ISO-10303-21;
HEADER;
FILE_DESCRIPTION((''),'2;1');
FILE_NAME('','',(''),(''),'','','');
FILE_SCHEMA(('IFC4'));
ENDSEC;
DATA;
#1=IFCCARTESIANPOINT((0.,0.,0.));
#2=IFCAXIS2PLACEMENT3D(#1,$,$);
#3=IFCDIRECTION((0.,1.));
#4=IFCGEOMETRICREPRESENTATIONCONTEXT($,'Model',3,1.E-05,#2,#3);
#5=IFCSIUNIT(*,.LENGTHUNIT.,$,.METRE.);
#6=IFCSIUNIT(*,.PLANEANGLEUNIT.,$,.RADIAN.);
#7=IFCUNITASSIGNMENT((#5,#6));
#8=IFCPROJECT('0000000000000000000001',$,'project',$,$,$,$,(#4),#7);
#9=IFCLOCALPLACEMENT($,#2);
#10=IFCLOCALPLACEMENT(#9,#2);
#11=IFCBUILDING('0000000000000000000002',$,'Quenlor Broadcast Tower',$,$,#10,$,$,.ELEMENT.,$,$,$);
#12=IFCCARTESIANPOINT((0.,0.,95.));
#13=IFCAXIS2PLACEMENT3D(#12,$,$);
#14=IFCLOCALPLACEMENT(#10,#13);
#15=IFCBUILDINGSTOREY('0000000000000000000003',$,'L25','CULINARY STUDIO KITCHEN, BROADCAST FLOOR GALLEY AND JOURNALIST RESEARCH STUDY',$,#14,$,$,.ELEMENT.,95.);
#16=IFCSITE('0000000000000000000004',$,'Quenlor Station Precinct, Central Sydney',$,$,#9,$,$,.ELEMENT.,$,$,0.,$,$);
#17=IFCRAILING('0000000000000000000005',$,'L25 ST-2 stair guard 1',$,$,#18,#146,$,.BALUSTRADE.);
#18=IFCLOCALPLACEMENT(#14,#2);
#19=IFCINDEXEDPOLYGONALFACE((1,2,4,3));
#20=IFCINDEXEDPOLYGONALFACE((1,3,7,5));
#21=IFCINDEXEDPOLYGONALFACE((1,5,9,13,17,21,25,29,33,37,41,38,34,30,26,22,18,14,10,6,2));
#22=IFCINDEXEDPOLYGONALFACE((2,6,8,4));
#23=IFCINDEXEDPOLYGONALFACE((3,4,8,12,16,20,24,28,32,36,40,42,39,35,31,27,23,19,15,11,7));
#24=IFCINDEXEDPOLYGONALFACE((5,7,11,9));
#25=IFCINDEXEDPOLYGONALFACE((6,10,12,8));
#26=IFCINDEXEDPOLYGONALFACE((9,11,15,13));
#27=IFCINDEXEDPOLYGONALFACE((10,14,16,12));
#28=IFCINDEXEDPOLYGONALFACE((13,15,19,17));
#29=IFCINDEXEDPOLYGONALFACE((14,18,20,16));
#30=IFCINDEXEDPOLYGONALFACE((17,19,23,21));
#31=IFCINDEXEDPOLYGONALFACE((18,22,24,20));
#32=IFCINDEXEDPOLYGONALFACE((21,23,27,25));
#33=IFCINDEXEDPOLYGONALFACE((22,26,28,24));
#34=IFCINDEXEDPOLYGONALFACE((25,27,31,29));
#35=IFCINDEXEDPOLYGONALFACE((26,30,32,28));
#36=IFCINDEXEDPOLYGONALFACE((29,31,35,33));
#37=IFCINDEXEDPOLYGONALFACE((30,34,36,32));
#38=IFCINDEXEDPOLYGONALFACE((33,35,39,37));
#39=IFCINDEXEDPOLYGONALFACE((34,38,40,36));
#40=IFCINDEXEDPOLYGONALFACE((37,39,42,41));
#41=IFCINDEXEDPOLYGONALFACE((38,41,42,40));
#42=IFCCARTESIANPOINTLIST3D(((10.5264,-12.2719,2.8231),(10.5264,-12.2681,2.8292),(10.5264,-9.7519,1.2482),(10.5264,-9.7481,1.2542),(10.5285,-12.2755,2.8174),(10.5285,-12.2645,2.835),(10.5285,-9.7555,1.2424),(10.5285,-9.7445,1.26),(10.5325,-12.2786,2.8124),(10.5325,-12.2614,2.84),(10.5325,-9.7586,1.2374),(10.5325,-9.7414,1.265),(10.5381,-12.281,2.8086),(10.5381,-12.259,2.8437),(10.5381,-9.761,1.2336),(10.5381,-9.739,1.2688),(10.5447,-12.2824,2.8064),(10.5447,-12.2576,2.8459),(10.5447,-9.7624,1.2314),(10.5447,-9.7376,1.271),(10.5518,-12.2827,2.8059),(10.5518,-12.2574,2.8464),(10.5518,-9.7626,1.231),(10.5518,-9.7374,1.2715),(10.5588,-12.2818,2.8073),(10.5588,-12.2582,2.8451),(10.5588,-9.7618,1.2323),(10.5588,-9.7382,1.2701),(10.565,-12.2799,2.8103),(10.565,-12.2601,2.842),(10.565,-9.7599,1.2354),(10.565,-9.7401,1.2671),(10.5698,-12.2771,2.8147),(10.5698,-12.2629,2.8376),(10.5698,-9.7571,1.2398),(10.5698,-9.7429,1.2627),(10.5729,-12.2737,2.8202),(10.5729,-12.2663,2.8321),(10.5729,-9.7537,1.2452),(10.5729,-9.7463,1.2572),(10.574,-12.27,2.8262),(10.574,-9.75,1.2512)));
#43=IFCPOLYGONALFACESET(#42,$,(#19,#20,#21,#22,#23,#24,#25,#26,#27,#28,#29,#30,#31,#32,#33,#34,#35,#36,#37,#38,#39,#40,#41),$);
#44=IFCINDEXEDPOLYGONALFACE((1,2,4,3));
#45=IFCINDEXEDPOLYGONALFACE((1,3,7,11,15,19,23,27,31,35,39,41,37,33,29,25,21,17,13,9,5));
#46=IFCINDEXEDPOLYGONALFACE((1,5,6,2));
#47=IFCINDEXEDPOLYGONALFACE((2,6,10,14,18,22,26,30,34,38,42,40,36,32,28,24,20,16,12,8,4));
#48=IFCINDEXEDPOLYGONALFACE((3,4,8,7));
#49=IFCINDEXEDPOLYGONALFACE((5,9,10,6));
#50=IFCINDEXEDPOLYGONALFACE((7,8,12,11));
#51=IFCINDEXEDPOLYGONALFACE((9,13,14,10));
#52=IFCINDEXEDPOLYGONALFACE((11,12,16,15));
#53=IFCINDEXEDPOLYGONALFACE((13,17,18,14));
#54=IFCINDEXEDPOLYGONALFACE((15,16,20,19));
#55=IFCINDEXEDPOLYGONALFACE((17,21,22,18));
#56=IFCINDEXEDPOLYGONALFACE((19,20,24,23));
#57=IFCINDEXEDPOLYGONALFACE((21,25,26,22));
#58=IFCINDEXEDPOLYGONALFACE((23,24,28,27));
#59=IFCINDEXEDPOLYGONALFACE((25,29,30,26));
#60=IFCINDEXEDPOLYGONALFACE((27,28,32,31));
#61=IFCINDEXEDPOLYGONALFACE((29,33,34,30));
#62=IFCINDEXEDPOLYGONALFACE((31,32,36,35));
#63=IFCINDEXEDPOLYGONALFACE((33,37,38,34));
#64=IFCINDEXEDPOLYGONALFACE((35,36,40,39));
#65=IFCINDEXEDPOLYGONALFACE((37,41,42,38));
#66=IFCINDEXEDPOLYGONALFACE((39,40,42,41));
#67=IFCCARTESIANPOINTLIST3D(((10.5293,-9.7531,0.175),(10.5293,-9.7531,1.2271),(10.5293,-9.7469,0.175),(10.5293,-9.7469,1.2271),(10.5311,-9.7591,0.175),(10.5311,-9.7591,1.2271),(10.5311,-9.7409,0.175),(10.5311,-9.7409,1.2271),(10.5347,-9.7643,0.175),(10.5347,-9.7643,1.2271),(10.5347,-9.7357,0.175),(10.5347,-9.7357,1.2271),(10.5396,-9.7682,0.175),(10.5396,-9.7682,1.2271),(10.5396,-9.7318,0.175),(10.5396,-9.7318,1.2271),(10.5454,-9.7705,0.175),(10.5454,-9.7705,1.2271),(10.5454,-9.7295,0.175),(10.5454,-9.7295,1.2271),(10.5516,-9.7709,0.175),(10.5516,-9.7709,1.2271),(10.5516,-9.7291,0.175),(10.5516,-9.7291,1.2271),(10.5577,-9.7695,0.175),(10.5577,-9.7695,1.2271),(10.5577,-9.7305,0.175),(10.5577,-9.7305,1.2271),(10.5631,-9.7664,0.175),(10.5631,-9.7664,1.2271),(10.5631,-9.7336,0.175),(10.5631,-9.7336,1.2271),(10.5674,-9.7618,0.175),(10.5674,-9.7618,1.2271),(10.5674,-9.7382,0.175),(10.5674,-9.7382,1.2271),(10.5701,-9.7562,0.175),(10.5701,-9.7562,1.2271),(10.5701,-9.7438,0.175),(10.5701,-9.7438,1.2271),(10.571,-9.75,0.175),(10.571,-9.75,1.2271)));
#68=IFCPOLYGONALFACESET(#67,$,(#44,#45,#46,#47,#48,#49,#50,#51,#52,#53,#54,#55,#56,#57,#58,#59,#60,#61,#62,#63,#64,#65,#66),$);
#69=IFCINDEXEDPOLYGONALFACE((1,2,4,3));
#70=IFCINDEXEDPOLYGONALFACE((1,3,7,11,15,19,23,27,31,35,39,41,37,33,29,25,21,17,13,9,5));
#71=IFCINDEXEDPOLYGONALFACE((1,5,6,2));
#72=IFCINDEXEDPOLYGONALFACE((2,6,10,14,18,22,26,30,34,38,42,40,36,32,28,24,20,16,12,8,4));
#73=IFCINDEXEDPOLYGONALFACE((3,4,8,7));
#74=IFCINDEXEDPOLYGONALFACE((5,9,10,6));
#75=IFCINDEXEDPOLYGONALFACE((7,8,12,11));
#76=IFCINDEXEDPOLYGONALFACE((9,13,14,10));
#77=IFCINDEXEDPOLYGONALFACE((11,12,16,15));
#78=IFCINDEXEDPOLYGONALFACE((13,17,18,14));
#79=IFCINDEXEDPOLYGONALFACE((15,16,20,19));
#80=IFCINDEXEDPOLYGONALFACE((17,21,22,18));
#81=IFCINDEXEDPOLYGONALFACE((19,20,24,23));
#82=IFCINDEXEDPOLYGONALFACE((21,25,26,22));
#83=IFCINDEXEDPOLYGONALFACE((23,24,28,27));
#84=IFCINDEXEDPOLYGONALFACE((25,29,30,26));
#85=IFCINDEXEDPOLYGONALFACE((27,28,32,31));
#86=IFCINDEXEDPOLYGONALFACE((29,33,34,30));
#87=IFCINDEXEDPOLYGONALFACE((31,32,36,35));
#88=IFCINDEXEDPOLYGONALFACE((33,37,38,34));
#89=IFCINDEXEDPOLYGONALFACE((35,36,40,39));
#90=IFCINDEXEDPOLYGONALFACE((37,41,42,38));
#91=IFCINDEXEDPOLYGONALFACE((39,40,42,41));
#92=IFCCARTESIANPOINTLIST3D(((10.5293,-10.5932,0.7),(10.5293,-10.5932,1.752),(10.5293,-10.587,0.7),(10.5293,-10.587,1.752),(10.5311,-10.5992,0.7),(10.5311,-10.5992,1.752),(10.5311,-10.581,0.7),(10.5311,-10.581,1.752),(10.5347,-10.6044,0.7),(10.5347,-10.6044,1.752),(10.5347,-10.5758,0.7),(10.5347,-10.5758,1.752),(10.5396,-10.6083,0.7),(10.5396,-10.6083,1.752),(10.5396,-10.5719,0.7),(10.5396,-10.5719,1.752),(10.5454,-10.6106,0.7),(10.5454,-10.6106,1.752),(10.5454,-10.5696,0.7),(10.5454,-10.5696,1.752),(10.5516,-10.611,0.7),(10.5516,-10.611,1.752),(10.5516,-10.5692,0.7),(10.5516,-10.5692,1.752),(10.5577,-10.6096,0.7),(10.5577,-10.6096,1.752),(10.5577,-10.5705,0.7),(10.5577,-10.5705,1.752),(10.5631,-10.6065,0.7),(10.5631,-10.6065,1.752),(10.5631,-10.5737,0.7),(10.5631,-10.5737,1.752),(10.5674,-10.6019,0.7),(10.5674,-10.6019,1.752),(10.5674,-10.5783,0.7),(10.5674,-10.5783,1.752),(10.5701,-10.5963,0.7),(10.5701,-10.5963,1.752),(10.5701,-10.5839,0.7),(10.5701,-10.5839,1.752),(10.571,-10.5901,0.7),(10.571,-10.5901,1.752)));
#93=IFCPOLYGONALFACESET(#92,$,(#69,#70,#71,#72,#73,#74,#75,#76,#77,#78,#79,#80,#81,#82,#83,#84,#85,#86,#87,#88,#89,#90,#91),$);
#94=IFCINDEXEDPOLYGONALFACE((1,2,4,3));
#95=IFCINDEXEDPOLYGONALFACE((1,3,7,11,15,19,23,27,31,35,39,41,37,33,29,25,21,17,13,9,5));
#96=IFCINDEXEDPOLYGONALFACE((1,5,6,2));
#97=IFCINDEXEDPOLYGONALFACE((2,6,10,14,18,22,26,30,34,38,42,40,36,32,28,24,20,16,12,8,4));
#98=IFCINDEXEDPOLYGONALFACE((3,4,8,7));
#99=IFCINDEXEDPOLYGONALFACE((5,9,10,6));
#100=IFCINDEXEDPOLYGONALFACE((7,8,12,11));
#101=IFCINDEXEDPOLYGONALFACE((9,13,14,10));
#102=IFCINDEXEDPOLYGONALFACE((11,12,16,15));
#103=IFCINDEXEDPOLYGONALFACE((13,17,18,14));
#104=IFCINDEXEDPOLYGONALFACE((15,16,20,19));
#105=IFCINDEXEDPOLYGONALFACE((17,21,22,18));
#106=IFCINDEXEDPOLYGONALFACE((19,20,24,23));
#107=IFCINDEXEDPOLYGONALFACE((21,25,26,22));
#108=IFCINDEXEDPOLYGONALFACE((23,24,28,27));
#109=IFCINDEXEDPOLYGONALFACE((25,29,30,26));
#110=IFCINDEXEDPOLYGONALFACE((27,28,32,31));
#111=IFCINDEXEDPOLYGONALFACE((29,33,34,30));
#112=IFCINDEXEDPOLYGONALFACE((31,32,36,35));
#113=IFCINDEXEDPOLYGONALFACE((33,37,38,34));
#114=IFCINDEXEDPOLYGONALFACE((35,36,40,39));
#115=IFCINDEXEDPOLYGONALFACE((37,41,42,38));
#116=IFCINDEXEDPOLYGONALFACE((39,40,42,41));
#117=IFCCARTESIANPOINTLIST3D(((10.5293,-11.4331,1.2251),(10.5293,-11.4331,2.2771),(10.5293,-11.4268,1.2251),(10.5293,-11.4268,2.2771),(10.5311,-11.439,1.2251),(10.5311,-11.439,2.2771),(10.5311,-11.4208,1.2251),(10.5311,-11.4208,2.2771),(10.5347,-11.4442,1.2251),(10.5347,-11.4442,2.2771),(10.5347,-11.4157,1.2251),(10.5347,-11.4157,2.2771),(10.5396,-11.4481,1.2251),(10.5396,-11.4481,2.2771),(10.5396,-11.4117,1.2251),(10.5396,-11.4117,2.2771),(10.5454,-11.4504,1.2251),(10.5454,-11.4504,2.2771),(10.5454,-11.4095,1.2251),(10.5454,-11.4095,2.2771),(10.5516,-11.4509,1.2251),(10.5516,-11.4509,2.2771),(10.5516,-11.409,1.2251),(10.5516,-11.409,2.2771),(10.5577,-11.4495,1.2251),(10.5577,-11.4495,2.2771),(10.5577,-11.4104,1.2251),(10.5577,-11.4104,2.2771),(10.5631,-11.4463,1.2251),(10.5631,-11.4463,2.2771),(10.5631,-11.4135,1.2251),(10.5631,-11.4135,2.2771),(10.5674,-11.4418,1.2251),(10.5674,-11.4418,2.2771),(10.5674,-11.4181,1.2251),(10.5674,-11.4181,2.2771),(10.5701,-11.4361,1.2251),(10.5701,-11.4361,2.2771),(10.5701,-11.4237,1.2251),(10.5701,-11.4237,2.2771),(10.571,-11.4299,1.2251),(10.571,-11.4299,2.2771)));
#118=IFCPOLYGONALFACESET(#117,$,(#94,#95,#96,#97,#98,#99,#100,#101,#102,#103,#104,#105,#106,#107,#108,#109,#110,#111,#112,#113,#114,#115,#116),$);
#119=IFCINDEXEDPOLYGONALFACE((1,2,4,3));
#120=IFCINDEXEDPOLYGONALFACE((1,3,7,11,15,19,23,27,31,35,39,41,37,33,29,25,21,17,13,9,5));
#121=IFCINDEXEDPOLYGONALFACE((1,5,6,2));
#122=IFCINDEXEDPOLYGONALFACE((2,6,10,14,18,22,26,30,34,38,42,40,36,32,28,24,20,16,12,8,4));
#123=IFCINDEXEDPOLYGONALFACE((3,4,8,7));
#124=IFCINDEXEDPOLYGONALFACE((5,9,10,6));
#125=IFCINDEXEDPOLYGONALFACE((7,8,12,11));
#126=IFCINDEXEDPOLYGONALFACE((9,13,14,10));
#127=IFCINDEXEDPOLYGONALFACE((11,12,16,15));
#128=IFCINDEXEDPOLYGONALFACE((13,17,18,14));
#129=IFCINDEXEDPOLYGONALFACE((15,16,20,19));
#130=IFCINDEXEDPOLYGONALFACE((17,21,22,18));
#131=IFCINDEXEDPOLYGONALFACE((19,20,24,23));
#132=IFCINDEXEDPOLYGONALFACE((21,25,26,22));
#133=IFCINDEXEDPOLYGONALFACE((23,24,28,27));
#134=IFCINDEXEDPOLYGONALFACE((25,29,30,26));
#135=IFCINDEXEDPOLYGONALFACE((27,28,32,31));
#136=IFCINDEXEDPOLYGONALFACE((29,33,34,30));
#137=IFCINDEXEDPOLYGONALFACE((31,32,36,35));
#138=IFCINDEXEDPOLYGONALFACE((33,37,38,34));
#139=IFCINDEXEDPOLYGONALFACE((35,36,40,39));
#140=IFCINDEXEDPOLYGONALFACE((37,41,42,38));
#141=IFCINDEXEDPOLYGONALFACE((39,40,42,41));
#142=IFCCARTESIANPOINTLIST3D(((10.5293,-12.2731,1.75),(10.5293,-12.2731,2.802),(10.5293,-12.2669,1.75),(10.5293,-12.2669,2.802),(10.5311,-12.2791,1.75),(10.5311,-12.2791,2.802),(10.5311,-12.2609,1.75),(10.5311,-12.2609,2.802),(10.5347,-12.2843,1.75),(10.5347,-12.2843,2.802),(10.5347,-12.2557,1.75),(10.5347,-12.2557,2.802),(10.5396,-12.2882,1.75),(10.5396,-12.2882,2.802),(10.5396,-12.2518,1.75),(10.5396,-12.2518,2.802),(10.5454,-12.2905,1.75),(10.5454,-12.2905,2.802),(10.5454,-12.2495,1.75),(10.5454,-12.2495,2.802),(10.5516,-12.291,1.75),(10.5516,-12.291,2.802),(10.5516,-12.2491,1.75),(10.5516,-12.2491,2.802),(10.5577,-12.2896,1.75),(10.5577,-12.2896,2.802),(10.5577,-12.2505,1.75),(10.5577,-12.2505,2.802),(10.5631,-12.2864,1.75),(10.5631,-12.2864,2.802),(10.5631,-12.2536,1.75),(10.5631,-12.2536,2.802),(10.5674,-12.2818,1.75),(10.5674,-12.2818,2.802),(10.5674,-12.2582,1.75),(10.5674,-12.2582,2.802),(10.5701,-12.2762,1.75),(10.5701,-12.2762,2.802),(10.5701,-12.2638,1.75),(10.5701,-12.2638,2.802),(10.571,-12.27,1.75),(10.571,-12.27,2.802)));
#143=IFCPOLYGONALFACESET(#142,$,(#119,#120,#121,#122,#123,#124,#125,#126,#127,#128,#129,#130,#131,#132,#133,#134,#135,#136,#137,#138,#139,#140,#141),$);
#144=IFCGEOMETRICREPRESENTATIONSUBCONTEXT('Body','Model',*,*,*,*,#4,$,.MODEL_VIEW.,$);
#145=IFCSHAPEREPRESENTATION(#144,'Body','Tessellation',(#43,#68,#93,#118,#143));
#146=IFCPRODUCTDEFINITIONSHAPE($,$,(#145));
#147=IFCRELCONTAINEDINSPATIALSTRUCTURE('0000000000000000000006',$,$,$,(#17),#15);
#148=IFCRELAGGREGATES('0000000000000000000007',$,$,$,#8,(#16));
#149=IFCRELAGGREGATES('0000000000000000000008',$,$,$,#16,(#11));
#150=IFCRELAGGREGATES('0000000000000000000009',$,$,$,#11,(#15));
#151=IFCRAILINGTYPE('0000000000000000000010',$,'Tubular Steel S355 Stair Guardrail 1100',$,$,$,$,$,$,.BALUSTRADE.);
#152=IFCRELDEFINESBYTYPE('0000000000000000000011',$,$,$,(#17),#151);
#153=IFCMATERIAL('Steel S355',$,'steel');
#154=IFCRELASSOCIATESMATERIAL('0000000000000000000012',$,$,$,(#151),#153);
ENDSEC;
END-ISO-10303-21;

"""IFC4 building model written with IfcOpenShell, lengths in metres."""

from ifc_helpers import new_model, si_unit, direction, frame, origin, origin_2d, place, context, subcontext, project, spatial, circle, extrude, material, type_object, element, save


model = new_model("IFC4")

# Units and contexts
model_context = context("Model", 3, precision=1e-05, world=origin(), true_north=direction((0.0, 1.0)))
body_context = subcontext(model_context, "Body", "Model", "MODEL_VIEW")
ifc_project = project(units=[si_unit("LENGTHUNIT", "METRE"), si_unit("PLANEANGLEUNIT", "RADIAN")], contexts=[model_context])

# Site, building, storey
site_placement = place(None, origin())
site = spatial("IfcSite", under=ifc_project, at=site_placement, Name="Quenlor Station Precinct, Central Sydney", CompositionType="ELEMENT", RefElevation=0.0)
building_placement = place(site_placement, origin())
building = spatial("IfcBuilding", under=site, at=building_placement, Name="Quenlor Broadcast Tower", CompositionType="ELEMENT")
storey_placement = place(building_placement, frame((0.0, 0.0, 95.0)))
storey = spatial("IfcBuildingStorey", under=building, at=storey_placement, Name="L25", Description="CULINARY STUDIO KITCHEN, BROADCAST FLOOR GALLEY AND JOURNALIST RESEARCH STUDY", CompositionType="ELEMENT", Elevation=95.0)

# Railing
ifc_material_1 = material(Name="Steel S355", Category="steel")
railing_type_1 = type_object("IfcRailingType", Name="Tubular Steel S355 Stair Guardrail 1100", PredefinedType="BALUSTRADE", material=ifc_material_1)
railing_1_placement = place(storey_placement, frame((10.55, -9.75, 0.175)))
element("IfcRailing", 1, at=railing_1_placement, inside=storey, type_object=railing_type_1, Name="L25 ST-2 stair guard 1", PredefinedType="BALUSTRADE", context=body_context, shape_type="SweptSolid", body=[
    extrude(circle(Radius=0.0239, at=origin_2d()), frame((0.0, 0.0, 1.0762), z_axis=(0.0, -0.848008, 0.529984), x_axis=(1.0, 0.0, 0.0)), (0.0, 0.0, 1.0), 2.9717),
    extrude(circle(Radius=0.021, at=origin_2d()), origin(), (0.0, 0.0, 1.0), 1.052),
    extrude(circle(Radius=0.021, at=origin_2d()), frame((0.0, -0.8401, 0.5249)), (0.0, 0.0, 1.0), 1.052),
    extrude(circle(Radius=0.021, at=origin_2d()), frame((0.0, -1.6799, 1.05)), (0.0, 0.0, 1.0), 1.052),
    extrude(circle(Radius=0.021, at=origin_2d()), frame((0.0, -2.52, 1.575)), (0.0, 0.0, 1.0), 1.052),
])

save(model, "model.ifc")
